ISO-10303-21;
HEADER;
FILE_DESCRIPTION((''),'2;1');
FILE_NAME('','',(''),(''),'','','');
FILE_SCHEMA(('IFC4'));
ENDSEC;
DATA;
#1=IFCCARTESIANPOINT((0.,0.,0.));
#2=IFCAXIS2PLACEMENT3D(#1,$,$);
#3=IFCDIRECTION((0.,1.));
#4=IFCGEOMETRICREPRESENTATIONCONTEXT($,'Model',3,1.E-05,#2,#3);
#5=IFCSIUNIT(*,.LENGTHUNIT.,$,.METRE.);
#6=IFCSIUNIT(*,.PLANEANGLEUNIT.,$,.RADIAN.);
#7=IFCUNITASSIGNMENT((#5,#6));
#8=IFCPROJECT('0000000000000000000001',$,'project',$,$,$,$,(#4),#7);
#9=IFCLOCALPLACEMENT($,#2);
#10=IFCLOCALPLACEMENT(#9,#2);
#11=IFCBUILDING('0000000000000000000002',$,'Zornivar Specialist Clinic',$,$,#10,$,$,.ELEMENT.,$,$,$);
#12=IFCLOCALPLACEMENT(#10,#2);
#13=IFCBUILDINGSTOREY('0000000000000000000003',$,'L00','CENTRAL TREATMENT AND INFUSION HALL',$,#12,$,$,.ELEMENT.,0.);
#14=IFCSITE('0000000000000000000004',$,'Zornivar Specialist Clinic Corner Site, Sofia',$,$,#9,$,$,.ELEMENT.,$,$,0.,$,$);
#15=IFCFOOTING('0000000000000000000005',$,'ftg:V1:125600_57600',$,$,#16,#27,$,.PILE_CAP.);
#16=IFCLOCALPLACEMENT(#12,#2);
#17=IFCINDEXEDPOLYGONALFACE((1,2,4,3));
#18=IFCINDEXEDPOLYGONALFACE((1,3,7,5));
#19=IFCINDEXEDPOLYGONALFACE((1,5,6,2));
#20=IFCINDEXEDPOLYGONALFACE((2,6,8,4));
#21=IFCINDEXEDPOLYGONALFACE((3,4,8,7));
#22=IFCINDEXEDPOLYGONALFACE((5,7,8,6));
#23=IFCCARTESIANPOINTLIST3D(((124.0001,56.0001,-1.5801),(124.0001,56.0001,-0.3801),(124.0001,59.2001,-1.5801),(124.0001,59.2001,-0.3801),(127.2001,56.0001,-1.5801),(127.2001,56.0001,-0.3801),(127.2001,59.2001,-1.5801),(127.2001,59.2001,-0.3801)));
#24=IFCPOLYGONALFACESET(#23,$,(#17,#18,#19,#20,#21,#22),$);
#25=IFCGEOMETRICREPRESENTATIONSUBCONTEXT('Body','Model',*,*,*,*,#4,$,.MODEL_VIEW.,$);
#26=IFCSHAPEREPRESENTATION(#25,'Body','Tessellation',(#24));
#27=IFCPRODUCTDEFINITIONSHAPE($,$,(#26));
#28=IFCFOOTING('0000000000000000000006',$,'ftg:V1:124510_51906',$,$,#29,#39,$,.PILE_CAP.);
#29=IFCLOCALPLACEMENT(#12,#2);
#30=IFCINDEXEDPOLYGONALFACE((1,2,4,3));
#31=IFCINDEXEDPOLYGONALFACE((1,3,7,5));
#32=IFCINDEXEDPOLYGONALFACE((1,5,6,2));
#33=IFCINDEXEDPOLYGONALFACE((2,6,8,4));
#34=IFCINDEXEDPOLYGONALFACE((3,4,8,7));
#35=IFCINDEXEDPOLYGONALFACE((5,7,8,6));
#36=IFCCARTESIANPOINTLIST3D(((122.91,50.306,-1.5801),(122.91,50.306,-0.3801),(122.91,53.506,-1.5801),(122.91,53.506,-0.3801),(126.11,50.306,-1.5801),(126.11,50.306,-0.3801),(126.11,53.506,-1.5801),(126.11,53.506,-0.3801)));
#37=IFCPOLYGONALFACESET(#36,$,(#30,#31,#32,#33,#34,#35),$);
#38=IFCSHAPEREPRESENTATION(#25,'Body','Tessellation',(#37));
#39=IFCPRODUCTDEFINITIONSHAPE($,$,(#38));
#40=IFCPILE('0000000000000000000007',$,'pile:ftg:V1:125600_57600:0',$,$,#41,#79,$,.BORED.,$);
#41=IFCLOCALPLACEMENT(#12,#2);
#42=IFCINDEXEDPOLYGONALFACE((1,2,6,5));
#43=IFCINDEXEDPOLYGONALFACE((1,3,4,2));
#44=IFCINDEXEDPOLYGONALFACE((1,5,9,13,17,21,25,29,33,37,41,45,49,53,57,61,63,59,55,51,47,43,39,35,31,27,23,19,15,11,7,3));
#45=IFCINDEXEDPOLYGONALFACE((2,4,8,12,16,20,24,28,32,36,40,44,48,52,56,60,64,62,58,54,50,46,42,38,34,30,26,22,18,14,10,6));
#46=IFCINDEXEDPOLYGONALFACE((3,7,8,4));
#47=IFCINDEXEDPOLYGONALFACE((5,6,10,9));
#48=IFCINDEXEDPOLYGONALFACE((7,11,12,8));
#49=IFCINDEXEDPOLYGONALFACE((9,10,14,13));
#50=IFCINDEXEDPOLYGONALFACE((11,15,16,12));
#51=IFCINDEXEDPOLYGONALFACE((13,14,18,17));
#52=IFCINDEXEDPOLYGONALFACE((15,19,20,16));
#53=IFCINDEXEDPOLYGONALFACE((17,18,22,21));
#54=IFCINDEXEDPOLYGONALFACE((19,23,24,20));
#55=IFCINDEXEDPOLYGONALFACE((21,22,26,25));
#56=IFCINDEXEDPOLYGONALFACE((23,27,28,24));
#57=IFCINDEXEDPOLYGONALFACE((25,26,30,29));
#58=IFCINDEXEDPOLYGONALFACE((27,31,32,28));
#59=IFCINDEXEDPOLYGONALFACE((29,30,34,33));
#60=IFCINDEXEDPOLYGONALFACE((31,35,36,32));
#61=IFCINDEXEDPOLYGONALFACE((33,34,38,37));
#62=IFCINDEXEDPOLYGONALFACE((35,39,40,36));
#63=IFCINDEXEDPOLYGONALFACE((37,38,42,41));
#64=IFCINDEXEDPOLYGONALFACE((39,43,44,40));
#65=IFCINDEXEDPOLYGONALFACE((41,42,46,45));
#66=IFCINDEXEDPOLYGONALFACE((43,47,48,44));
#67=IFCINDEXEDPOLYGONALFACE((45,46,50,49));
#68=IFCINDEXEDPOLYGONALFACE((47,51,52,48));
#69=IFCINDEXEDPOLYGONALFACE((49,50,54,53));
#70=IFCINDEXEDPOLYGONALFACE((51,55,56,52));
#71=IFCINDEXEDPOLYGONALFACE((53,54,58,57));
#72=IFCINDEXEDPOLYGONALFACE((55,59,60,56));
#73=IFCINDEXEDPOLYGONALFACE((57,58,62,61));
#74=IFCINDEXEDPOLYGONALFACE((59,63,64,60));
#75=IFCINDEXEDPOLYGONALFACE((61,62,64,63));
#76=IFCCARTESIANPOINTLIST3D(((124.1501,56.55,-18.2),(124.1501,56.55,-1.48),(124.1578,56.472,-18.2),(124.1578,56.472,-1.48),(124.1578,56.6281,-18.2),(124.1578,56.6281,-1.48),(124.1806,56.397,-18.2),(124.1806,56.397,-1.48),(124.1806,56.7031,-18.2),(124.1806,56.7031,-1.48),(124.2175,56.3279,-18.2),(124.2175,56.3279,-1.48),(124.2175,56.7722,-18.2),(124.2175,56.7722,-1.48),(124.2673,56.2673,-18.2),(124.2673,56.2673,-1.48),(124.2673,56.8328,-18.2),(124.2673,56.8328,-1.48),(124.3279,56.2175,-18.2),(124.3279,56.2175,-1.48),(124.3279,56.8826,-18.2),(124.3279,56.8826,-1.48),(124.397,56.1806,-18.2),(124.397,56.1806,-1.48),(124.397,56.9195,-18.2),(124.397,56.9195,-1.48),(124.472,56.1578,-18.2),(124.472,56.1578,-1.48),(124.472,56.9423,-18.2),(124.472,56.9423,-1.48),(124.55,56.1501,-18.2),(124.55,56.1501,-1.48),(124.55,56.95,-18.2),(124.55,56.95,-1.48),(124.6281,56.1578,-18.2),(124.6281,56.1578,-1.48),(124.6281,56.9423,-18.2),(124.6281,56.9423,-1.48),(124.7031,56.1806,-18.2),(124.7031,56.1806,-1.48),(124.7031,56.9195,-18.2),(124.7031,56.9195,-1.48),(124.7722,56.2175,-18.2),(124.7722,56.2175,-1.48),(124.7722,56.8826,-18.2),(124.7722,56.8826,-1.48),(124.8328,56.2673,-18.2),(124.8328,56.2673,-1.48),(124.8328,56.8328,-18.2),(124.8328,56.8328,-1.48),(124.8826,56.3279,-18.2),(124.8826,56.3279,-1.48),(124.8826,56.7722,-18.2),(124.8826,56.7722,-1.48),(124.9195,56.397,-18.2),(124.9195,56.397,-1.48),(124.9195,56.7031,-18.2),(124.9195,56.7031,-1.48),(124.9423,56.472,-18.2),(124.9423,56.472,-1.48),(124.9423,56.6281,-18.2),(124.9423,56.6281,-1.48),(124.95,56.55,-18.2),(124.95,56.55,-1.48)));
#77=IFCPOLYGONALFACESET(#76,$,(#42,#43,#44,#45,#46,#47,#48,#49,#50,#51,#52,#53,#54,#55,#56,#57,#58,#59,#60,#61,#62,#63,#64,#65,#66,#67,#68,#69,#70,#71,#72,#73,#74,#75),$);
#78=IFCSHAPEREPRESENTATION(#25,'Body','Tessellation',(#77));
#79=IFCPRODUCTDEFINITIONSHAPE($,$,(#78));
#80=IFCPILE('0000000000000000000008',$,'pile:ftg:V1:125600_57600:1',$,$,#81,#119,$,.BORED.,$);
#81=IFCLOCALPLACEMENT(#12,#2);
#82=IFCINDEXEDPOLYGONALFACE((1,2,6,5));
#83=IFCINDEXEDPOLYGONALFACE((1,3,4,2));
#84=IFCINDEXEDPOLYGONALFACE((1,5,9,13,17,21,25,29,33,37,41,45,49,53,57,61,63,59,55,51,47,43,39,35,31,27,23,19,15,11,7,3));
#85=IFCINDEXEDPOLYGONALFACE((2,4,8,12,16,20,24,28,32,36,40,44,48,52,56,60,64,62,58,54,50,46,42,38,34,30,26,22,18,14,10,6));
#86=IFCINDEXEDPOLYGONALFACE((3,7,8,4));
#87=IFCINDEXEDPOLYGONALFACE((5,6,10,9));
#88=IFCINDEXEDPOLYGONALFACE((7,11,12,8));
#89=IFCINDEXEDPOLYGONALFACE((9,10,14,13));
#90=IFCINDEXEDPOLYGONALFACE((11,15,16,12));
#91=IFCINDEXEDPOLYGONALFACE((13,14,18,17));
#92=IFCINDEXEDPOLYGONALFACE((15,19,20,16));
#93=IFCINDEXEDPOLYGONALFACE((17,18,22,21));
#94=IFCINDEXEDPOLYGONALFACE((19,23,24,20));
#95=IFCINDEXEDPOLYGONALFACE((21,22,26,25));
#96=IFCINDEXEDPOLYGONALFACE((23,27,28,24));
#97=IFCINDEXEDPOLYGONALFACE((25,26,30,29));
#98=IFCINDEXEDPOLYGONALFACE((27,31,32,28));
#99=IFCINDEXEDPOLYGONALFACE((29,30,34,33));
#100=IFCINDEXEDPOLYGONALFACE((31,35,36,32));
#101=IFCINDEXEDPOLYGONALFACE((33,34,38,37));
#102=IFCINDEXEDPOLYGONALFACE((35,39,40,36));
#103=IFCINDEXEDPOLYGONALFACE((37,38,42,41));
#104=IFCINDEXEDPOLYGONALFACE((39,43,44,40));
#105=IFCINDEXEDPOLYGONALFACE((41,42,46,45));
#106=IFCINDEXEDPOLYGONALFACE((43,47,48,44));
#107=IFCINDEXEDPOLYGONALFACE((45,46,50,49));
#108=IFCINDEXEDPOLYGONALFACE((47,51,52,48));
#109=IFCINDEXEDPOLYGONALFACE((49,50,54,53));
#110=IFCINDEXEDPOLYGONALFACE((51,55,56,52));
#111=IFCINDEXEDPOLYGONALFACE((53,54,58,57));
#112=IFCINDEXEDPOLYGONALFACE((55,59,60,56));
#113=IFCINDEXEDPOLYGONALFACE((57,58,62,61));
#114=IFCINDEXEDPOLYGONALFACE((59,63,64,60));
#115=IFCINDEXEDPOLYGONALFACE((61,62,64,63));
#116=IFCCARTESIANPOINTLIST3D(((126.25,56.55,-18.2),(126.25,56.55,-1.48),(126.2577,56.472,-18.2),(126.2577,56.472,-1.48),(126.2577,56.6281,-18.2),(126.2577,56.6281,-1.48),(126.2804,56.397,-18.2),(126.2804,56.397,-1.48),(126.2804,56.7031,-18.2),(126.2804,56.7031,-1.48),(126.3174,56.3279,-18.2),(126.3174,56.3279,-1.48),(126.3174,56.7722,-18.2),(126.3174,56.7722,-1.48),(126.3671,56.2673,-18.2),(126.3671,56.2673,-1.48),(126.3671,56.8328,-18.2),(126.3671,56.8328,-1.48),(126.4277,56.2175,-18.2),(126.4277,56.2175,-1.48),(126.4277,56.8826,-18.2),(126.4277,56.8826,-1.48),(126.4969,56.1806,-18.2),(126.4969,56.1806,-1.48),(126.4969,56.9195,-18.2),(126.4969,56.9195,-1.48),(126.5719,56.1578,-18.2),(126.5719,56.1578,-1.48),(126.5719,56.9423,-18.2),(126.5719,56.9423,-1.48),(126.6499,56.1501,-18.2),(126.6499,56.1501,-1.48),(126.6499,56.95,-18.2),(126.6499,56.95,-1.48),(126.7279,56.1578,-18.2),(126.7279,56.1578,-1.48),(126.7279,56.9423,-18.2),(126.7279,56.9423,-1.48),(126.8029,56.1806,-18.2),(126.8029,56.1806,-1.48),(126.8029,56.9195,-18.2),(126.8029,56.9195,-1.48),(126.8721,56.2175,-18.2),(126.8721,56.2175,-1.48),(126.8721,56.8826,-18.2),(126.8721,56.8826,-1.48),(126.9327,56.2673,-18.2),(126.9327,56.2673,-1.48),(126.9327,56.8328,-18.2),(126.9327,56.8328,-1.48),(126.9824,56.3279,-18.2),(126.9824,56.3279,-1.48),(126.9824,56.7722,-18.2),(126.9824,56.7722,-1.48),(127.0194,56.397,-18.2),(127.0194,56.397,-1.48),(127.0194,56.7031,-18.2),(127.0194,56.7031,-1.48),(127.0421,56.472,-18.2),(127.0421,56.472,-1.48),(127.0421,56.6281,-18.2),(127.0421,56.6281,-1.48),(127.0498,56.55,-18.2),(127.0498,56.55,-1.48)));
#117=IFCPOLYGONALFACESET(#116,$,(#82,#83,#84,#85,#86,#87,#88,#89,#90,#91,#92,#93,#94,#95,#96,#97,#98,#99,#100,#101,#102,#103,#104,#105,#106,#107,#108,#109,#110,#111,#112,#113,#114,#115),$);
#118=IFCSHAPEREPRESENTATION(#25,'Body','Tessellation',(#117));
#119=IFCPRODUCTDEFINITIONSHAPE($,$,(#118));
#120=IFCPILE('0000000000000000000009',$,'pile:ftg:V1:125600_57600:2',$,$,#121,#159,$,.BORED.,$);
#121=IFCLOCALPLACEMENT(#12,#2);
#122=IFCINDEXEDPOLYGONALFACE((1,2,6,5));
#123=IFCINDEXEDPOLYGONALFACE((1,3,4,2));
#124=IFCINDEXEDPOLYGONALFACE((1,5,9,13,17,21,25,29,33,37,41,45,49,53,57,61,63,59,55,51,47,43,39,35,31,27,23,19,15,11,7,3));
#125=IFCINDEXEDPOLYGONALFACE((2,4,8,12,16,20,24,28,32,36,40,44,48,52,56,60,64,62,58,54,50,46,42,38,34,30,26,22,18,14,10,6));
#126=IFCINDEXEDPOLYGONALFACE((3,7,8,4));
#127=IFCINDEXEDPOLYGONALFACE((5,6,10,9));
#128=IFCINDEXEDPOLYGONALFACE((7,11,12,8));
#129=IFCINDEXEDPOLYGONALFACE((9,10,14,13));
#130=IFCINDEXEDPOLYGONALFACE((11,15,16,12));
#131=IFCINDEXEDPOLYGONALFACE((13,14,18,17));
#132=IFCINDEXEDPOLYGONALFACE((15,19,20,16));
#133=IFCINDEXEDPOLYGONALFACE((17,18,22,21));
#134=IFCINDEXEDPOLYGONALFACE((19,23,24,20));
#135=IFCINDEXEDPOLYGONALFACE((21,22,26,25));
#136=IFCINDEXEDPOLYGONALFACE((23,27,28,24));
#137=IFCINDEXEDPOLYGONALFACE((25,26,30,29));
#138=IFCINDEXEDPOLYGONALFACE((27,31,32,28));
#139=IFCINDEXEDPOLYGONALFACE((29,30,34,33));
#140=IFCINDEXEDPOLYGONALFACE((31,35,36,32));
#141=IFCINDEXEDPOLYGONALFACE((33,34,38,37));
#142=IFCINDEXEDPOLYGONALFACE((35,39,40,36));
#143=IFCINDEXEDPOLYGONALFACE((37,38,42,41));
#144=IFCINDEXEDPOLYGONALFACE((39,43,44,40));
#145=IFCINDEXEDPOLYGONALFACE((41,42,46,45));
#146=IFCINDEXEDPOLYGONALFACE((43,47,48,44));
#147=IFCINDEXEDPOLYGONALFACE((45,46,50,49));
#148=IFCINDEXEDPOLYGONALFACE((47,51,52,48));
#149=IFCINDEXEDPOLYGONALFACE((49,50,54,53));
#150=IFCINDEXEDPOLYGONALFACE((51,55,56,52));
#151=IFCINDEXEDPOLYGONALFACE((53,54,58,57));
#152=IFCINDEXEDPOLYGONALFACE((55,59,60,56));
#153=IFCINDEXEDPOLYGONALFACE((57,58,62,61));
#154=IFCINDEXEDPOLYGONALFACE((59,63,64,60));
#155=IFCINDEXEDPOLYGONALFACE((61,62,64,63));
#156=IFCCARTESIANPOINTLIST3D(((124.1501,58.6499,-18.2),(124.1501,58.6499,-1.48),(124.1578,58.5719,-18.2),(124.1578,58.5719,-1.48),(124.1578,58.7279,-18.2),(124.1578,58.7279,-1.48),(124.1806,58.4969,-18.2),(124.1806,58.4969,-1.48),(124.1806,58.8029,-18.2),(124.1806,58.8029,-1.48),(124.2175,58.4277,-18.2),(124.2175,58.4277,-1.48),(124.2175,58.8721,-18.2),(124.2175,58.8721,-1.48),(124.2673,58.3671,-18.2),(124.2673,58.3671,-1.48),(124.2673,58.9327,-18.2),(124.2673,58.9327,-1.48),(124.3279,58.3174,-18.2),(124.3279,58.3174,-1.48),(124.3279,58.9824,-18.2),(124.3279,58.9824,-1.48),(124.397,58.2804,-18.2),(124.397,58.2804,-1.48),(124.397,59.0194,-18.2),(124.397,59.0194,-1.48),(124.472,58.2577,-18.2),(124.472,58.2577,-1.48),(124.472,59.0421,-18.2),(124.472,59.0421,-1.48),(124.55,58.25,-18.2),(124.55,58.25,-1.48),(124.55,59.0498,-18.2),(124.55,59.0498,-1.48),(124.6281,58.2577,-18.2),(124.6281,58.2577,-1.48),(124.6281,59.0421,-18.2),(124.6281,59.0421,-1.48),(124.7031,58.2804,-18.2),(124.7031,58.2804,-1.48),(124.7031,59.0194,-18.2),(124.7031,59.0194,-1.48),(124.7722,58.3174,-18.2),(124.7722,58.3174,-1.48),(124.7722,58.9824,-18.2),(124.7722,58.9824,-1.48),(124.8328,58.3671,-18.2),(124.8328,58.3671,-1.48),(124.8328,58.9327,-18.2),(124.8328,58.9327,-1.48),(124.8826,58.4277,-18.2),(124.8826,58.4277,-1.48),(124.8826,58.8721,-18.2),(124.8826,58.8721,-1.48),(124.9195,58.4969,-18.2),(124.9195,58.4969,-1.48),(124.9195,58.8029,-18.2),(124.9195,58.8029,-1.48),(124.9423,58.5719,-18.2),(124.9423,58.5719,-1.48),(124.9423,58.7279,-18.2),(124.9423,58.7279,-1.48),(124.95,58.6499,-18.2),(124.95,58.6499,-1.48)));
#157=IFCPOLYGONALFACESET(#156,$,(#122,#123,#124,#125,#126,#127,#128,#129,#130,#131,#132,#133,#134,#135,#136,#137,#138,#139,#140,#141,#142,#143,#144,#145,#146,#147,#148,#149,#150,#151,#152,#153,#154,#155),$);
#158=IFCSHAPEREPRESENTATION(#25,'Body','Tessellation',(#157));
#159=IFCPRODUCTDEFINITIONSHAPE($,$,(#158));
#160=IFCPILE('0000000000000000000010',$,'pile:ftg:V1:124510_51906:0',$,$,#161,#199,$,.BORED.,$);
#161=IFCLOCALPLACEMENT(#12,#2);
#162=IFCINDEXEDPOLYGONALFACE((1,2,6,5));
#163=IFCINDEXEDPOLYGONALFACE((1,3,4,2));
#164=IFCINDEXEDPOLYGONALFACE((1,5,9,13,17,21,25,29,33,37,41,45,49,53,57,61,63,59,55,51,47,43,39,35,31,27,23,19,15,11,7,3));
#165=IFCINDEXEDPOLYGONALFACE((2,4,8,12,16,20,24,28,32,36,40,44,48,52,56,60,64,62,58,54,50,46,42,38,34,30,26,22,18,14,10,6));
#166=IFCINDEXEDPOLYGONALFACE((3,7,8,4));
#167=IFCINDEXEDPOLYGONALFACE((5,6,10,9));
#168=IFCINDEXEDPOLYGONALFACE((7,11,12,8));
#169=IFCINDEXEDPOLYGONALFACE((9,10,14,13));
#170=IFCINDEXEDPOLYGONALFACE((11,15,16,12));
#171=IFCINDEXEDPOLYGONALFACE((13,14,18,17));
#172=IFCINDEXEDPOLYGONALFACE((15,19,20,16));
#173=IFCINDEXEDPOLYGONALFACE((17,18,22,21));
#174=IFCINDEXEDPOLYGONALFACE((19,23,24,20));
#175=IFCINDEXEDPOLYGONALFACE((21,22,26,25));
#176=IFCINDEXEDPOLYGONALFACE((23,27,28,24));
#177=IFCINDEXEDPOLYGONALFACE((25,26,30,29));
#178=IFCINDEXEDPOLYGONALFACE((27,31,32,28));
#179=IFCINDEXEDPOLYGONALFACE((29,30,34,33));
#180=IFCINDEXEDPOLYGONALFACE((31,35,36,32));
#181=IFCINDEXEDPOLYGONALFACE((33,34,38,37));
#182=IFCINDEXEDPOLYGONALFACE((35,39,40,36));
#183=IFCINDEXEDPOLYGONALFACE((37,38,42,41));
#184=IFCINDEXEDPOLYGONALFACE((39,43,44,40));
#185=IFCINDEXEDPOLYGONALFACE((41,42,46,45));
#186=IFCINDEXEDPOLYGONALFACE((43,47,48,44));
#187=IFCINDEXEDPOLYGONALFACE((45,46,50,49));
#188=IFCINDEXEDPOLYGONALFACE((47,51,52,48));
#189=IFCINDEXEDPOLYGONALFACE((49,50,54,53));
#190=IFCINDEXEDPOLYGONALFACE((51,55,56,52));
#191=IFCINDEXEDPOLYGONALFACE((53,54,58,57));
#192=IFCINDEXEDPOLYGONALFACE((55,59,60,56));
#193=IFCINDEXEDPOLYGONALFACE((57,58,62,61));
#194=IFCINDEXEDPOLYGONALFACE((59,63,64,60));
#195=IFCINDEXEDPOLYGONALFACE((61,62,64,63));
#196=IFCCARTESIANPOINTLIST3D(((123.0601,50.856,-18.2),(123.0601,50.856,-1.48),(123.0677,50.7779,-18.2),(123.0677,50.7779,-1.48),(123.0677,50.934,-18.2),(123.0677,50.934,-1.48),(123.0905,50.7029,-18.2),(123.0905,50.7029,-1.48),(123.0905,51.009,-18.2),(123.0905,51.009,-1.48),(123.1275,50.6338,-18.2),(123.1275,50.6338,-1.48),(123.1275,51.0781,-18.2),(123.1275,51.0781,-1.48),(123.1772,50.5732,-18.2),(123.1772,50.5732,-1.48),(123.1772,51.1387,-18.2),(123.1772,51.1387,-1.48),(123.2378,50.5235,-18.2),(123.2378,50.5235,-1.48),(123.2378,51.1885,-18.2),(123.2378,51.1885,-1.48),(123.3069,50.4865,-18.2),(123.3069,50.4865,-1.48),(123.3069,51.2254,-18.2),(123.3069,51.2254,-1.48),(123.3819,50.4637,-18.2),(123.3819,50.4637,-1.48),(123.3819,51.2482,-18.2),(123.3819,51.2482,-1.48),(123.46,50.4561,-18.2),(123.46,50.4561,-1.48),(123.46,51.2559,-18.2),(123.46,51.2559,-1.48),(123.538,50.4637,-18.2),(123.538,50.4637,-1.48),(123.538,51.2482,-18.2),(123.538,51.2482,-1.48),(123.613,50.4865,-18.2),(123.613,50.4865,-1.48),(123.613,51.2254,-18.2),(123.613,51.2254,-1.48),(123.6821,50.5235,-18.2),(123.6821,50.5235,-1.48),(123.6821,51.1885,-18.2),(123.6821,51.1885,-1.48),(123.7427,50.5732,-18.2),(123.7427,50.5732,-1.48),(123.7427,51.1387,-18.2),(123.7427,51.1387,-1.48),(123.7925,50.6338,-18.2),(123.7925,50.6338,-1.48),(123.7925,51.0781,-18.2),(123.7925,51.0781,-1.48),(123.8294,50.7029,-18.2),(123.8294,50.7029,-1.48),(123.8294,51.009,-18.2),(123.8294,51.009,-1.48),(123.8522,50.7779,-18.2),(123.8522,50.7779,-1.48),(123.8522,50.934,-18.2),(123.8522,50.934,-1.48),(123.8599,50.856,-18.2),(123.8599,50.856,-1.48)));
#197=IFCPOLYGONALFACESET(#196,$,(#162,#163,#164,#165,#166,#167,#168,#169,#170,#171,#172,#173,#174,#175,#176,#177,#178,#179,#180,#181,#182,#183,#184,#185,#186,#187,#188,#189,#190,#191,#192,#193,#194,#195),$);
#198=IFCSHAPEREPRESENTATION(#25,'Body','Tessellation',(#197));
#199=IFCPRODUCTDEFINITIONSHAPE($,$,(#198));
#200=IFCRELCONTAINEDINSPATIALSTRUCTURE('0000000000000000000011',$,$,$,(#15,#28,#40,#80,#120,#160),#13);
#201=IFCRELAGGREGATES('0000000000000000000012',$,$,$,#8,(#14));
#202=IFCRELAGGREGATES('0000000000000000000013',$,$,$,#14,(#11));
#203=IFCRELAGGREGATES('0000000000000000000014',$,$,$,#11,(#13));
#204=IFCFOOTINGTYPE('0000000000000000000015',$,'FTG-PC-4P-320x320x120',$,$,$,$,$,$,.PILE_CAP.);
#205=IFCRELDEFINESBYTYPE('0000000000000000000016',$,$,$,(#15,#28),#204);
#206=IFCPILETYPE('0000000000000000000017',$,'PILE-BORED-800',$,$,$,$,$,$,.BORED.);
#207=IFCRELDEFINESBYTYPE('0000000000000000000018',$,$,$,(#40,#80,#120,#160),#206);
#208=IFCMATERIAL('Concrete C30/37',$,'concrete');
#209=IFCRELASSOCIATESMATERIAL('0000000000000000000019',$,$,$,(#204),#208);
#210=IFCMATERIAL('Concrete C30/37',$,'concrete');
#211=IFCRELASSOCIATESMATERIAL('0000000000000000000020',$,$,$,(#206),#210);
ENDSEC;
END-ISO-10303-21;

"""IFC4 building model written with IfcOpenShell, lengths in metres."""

from ifc_helpers import new_model, si_unit, direction, frame, origin, origin_2d, place, context, subcontext, project, spatial, rectangle, circle, extrude, material, material_profile, profile_set, type_object, element, save


model = new_model("IFC4")

# Units and contexts
model_context = context("Model", 3, precision=1e-05, world=origin(), true_north=direction((0.0, 1.0)))
body_context = subcontext(model_context, "Body", "Model", "MODEL_VIEW")
ifc_project = project(units=[si_unit("LENGTHUNIT", "METRE"), si_unit("PLANEANGLEUNIT", "RADIAN")], contexts=[model_context])

# Site, building, storey
site_placement = place(None, origin())
site = spatial("IfcSite", under=ifc_project, at=site_placement, Name="Zornivar Specialist Clinic Corner Site, Sofia", CompositionType="ELEMENT", RefElevation=0.0)
building_placement = place(site_placement, origin())
building = spatial("IfcBuilding", under=site, at=building_placement, Name="Zornivar Specialist Clinic", CompositionType="ELEMENT")
storey_placement = place(building_placement, origin())
storey = spatial("IfcBuildingStorey", under=building, at=storey_placement, Name="L00", Description="CENTRAL TREATMENT AND INFUSION HALL", CompositionType="ELEMENT", Elevation=0.0)

# Footings
ifc_material_1 = material(Name="Concrete C30/37", Category="concrete")
footing_type = type_object("IfcFootingType", Name="FTG-PC-4P-320x320x120", PredefinedType="PILE_CAP", material=ifc_material_1)
for number, where, z_axis, x_axis, name in (
    (1, (125.6001, 57.6001, -1.5801), (0.0, 0.0, 1.0), (1.0, 0.0, 0.0), "ftg:V1:125600_57600"),
    (2, (124.51, 51.906, -1.5801), (0.0, 0.0, 1.0), (1.0, 0.0, 0.0), "ftg:V1:124510_51906"),
):
    element("IfcFooting", number, at=place(storey_placement, frame(where, z_axis=z_axis, x_axis=x_axis)), inside=storey, type_object=footing_type, Name=name, PredefinedType="PILE_CAP", context=body_context, shape_type="SweptSolid", body=[
        extrude(rectangle(XDim=3.2, YDim=3.2, at=origin_2d()), origin(), (0.0, 0.0, 1.0), 1.2),
    ])

# Piles
ifc_material_2 = material(Name="Concrete C30/37", Category="concrete")
ifc_material_profile_1 = material_profile(ifc_material_2, circle(Radius=0.3999, at=origin_2d()), Name="PILE D800")
ifc_profile_set_1 = profile_set([ifc_material_profile_1], Name="Concrete C30/37")
pile_type = type_object("IfcPileType", Name="PILE-BORED-800", PredefinedType="BORED", material=ifc_profile_set_1)
for number, where, z_axis, x_axis, name in (
    (3, (124.55, 56.55, -1.48), (0.0, 0.0, -1.0), (1.0, 0.0, 0.0), "pile:ftg:V1:125600_57600:0"),
    (4, (126.6499, 56.55, -1.48), (0.0, 0.0, -1.0), (1.0, 0.0, 0.0), "pile:ftg:V1:125600_57600:1"),
    (5, (124.55, 58.6499, -1.48), (0.0, 0.0, -1.0), (1.0, 0.0, 0.0), "pile:ftg:V1:125600_57600:2"),
    (6, (123.46, 50.856, -1.48), (0.0, 0.0, -1.0), (1.0, 0.0, 0.0), "pile:ftg:V1:124510_51906:0"),
):
    element("IfcPile", number, at=place(storey_placement, frame(where, z_axis=z_axis, x_axis=x_axis)), inside=storey, type_object=pile_type, Name=name, PredefinedType="BORED", context=body_context, shape_type="SweptSolid", body=[
        extrude(circle(Radius=0.3999, at=origin_2d()), origin(), (0.0, 0.0, 1.0), 16.72),
    ])

save(model, "model.ifc")
